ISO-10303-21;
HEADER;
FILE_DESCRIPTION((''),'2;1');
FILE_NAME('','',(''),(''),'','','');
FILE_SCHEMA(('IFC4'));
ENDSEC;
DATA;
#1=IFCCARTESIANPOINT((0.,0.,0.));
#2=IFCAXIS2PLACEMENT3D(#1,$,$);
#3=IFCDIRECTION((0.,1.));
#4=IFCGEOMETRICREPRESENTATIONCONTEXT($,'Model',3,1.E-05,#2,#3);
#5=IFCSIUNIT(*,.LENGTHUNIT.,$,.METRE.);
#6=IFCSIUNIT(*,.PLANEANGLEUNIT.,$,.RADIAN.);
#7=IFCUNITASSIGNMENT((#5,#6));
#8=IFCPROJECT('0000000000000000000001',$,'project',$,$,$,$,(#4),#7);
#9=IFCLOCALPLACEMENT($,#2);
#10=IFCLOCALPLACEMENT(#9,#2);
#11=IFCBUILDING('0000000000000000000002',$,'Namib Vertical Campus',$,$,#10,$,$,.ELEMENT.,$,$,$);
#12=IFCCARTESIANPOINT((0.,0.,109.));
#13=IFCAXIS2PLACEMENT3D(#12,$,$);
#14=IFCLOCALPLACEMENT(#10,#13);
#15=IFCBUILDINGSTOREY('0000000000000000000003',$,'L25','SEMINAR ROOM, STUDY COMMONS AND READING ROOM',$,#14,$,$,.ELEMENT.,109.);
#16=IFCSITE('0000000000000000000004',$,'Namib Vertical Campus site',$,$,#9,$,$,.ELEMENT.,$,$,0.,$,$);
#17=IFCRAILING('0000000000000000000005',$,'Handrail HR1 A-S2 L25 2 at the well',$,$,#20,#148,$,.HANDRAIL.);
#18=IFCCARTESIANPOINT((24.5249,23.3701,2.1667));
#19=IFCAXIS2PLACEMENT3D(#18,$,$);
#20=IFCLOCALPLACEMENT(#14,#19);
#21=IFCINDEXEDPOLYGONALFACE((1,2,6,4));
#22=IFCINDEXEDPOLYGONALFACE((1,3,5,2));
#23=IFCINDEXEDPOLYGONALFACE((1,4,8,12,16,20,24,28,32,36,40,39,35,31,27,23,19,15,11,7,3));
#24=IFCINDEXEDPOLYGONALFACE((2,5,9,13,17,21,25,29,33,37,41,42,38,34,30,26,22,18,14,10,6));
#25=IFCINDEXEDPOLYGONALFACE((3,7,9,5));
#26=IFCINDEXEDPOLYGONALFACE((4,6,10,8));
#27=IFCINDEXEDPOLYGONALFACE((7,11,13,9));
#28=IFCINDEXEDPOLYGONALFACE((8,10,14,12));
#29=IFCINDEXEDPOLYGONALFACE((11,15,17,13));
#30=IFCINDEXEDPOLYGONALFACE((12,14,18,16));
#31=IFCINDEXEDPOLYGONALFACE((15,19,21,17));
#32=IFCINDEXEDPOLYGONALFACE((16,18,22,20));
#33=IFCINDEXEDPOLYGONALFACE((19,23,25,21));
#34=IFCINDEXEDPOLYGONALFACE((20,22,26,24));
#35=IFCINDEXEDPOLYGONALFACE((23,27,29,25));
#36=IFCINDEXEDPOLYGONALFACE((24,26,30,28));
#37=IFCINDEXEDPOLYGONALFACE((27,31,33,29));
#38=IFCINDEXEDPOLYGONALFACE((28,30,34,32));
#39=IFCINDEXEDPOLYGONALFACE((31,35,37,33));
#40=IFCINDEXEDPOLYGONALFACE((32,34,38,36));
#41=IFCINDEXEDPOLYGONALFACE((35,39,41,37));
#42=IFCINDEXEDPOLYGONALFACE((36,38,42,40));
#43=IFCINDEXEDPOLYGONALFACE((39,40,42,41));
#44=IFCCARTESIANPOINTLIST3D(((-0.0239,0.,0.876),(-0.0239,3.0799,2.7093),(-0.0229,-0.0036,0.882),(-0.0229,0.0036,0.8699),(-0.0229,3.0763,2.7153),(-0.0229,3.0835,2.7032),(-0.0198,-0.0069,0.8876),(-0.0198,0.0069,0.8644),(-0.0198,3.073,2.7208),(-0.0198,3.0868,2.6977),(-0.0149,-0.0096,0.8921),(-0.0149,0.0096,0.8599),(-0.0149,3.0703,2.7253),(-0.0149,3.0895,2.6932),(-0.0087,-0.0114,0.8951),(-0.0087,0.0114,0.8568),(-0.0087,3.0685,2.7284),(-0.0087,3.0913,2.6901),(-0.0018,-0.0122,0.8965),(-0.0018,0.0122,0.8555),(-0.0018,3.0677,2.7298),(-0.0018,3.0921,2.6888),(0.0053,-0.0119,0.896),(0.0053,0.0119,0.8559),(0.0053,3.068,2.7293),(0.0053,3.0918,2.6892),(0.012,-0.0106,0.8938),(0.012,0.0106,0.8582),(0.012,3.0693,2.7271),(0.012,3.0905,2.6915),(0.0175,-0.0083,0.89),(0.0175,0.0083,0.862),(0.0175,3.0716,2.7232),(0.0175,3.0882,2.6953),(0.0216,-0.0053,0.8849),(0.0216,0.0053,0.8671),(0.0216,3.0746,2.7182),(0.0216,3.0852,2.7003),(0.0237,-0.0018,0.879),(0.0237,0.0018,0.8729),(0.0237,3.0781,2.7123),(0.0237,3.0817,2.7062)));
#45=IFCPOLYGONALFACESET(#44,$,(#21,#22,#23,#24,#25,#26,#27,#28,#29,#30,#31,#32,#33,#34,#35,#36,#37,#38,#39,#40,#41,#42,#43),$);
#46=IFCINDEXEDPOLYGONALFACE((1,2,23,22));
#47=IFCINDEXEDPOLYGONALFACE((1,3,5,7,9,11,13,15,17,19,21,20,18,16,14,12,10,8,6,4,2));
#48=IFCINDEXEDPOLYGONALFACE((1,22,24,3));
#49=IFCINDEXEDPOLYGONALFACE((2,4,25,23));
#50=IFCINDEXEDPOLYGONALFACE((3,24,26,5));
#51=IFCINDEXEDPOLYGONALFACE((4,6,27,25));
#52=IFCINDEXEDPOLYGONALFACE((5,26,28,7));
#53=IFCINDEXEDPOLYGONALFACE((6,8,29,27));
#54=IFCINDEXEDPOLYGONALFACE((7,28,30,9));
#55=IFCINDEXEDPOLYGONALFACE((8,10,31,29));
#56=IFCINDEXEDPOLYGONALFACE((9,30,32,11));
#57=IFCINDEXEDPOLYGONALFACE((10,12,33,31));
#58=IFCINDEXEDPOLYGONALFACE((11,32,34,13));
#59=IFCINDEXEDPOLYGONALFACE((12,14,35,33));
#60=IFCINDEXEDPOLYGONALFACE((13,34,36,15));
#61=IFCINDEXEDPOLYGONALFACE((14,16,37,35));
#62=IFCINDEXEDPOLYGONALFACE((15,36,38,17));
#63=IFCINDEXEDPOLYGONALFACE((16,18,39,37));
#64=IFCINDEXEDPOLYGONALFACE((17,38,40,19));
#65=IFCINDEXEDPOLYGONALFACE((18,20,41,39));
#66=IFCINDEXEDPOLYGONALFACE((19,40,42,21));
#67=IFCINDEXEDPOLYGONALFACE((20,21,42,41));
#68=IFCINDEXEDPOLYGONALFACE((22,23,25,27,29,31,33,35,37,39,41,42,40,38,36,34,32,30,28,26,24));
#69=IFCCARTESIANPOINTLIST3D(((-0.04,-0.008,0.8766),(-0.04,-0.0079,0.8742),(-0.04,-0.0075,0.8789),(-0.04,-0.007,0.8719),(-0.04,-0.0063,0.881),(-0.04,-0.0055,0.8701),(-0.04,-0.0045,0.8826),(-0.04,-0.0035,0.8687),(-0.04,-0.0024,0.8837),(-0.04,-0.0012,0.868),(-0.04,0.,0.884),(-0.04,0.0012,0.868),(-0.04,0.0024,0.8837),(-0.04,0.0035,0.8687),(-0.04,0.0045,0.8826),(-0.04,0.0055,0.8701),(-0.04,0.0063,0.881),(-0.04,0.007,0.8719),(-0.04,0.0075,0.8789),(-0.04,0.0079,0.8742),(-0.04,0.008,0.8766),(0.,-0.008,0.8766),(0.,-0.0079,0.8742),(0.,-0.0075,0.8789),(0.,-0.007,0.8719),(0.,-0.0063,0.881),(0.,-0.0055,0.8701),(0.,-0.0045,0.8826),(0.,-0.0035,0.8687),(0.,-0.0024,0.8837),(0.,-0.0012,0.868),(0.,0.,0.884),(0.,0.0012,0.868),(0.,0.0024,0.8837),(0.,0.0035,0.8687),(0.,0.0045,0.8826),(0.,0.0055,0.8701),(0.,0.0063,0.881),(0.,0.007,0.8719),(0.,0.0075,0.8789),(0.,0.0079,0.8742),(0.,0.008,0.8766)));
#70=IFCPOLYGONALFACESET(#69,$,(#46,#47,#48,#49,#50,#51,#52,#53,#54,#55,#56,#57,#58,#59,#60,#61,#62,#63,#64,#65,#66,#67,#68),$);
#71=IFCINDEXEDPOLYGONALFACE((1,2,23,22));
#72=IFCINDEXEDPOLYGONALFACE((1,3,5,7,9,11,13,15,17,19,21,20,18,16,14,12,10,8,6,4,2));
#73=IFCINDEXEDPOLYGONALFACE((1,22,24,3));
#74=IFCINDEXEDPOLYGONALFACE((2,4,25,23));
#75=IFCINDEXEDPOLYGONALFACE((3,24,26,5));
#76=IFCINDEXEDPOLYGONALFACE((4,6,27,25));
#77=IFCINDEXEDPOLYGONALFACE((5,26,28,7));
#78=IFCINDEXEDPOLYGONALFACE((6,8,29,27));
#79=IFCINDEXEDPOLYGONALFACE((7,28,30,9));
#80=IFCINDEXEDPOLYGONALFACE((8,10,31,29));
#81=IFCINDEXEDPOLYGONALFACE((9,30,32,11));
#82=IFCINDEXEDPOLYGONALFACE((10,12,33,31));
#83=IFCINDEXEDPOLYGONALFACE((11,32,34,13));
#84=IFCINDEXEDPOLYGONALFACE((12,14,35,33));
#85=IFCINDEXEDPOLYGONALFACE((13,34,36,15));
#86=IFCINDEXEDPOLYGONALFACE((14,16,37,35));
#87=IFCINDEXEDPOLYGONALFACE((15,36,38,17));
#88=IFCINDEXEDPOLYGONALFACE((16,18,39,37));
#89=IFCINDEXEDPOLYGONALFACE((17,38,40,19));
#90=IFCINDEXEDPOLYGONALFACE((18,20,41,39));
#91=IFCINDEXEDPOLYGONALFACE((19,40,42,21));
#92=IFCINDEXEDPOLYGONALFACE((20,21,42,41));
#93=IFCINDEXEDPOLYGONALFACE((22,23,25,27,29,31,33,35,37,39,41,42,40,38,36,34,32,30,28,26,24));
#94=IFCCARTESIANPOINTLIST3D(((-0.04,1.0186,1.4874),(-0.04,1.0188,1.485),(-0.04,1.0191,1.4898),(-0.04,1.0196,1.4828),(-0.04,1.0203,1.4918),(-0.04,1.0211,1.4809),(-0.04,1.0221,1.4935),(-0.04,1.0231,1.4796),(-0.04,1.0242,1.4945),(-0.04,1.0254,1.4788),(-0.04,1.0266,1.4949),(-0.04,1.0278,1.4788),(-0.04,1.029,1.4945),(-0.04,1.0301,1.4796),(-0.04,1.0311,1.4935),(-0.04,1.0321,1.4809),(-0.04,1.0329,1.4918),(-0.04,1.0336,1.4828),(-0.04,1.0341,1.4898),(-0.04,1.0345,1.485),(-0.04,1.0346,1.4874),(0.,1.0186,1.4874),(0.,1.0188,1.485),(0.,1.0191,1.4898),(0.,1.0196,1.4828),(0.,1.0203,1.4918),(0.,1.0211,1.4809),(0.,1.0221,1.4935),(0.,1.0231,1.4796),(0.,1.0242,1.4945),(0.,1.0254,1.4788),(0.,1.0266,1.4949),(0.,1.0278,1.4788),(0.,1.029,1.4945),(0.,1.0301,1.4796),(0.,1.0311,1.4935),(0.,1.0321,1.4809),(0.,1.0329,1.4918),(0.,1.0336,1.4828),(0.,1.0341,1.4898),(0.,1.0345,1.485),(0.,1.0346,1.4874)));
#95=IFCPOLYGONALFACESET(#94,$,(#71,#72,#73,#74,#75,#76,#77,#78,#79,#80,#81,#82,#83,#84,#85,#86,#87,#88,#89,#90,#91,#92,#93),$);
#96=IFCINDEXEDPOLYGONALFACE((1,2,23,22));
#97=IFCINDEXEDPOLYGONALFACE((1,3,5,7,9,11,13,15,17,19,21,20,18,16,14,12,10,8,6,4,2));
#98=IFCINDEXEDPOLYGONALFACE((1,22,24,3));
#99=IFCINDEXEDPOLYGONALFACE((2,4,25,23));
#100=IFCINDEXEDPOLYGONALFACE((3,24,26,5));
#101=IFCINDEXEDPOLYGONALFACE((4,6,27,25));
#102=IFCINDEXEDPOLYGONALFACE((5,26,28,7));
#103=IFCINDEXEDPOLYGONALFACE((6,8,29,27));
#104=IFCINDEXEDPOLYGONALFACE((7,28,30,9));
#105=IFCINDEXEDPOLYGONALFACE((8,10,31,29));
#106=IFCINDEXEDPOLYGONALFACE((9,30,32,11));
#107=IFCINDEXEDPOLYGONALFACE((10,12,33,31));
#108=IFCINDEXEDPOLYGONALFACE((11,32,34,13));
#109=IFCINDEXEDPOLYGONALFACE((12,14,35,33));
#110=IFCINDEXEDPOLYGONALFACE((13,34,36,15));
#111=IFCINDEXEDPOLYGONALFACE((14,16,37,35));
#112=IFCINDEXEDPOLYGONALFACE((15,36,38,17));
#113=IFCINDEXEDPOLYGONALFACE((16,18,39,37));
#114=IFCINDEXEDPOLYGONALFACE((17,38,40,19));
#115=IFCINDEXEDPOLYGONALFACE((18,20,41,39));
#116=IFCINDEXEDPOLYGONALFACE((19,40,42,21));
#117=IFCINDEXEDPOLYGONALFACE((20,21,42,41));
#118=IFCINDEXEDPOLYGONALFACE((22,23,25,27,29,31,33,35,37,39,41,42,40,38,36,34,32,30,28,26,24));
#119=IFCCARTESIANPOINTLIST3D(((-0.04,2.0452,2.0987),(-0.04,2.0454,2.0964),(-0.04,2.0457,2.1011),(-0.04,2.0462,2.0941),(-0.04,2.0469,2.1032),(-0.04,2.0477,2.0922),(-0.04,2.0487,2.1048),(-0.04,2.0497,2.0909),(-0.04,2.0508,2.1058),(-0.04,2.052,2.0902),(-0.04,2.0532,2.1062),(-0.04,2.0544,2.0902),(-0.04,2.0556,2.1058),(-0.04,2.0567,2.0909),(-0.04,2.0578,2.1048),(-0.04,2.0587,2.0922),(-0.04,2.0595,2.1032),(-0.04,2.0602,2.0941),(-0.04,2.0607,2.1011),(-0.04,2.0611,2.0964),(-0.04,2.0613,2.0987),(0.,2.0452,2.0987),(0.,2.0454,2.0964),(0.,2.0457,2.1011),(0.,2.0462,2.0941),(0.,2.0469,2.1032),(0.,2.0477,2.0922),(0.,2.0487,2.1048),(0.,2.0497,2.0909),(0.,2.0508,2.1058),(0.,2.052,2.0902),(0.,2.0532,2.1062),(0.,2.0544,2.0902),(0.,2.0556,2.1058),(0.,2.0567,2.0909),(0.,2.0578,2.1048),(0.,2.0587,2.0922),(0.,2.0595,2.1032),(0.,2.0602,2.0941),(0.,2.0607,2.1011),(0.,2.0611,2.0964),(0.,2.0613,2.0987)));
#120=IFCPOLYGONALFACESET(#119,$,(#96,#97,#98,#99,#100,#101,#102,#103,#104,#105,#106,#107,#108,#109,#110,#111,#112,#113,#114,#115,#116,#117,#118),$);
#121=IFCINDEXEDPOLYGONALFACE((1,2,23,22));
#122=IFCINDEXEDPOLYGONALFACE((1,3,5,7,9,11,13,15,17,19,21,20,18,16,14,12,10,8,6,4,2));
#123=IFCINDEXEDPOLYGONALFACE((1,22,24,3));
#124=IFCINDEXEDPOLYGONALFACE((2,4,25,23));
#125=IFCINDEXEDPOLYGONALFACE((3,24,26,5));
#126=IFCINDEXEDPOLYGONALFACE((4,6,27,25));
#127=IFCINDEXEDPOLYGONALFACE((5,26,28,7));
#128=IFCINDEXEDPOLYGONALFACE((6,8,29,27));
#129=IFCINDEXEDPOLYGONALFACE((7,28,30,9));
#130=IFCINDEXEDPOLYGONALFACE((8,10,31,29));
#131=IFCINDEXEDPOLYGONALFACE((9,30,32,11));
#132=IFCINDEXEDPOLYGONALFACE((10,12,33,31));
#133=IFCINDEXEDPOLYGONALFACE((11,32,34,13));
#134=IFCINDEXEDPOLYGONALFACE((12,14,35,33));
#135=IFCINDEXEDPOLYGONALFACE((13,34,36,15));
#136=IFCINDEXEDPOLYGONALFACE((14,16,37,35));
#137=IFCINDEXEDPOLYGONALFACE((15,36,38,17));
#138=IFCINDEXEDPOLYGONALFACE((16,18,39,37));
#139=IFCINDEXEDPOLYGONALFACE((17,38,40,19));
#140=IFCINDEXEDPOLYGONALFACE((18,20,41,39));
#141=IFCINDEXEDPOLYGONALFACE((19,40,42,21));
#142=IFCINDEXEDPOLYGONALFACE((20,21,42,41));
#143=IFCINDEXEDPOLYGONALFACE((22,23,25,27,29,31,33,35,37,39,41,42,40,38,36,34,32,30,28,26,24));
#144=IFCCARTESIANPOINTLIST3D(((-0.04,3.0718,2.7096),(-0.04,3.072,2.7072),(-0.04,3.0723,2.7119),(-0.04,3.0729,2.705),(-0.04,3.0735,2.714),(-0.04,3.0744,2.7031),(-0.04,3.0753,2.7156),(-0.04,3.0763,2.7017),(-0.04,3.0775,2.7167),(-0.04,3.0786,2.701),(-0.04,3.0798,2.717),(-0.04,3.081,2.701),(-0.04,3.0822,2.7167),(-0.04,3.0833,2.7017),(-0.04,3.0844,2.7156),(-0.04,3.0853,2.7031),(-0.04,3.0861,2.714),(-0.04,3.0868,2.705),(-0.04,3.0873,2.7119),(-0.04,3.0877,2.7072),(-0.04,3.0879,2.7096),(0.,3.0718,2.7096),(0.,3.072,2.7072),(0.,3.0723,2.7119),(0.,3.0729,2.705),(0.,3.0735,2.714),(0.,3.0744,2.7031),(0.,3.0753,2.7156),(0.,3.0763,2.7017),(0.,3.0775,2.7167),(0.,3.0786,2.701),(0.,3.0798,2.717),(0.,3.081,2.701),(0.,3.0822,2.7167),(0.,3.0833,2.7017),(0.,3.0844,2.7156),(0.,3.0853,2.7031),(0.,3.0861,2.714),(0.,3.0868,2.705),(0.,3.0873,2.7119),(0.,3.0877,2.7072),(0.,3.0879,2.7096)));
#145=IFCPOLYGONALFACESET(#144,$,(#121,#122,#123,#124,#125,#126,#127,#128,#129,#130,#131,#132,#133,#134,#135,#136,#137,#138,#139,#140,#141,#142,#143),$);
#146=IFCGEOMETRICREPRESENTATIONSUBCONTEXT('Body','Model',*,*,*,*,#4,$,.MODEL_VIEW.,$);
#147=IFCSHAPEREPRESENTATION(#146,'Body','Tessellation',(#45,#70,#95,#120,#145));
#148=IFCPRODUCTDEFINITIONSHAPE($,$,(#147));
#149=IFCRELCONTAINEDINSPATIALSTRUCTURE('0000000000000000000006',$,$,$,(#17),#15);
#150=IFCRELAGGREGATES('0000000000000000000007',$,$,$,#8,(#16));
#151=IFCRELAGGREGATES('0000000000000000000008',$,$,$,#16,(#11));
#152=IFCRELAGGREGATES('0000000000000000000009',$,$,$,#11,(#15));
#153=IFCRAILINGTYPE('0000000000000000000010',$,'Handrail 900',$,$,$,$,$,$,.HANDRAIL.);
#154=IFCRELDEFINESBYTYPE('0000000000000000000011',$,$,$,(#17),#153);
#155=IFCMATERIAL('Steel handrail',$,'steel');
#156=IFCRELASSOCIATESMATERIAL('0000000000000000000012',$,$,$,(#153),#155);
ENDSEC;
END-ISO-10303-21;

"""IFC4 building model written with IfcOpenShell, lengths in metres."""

from ifc_helpers import new_model, si_unit, direction, frame, origin, origin_2d, place, context, subcontext, project, spatial, circle, extrude, material, type_object, element, save


model = new_model("IFC4")

# Units and contexts
model_context = context("Model", 3, precision=1e-05, world=origin(), true_north=direction((0.0, 1.0)))
body_context = subcontext(model_context, "Body", "Model", "MODEL_VIEW")
ifc_project = project(units=[si_unit("LENGTHUNIT", "METRE"), si_unit("PLANEANGLEUNIT", "RADIAN")], contexts=[model_context])

# Site, building, storey
site_placement = place(None, origin())
site = spatial("IfcSite", under=ifc_project, at=site_placement, Name="Namib Vertical Campus site", CompositionType="ELEMENT", RefElevation=0.0)
building_placement = place(site_placement, origin())
building = spatial("IfcBuilding", under=site, at=building_placement, Name="Namib Vertical Campus", CompositionType="ELEMENT")
storey_placement = place(building_placement, frame((0.0, 0.0, 109.0)))
storey = spatial("IfcBuildingStorey", under=building, at=storey_placement, Name="L25", Description="SEMINAR ROOM, STUDY COMMONS AND READING ROOM", CompositionType="ELEMENT", Elevation=109.0)

# Railing
ifc_material_1 = material(Name="Steel handrail", Category="steel")
railing_type_1 = type_object("IfcRailingType", Name="Handrail 900", PredefinedType="HANDRAIL", material=ifc_material_1)
railing_1_placement = place(storey_placement, frame((24.5249, 23.3701, 2.1667)))
element("IfcRailing", 1, at=railing_1_placement, inside=storey, type_object=railing_type_1, Name="Handrail HR1 A-S2 L25 2 at the well", PredefinedType="HANDRAIL", context=body_context, shape_type="SweptSolid", body=[
    extrude(circle(Radius=0.0239, at=origin_2d()), frame((0.0, 0.0, 0.876), z_axis=(0.0, 0.859291, 0.511487), x_axis=(-1.0, 0.0, 0.0)), (0.0, 0.0, 1.0), 3.5842),
    extrude(circle(Radius=0.0081, at=origin_2d()), frame((0.0, 0.0, 0.876), z_axis=(-1.0, 0.0, 0.0), x_axis=(0.0, 0.0, 1.0)), (0.0, 0.0, 1.0), 0.04),
    extrude(circle(Radius=0.0081, at=origin_2d()), frame((0.0, 1.0266, 1.4868), z_axis=(-1.0, 0.0, 0.0), x_axis=(0.0, 0.0, 1.0)), (0.0, 0.0, 1.0), 0.04),
    extrude(circle(Radius=0.0081, at=origin_2d()), frame((0.0, 2.0532, 2.0981), z_axis=(-1.0, 0.0, 0.0), x_axis=(0.0, 0.0, 1.0)), (0.0, 0.0, 1.0), 0.04),
    extrude(circle(Radius=0.0081, at=origin_2d()), frame((0.0, 3.0798, 2.709), z_axis=(-1.0, 0.0, 0.0), x_axis=(0.0, 0.0, 1.0)), (0.0, 0.0, 1.0), 0.04),
])

save(model, "model.ifc")
